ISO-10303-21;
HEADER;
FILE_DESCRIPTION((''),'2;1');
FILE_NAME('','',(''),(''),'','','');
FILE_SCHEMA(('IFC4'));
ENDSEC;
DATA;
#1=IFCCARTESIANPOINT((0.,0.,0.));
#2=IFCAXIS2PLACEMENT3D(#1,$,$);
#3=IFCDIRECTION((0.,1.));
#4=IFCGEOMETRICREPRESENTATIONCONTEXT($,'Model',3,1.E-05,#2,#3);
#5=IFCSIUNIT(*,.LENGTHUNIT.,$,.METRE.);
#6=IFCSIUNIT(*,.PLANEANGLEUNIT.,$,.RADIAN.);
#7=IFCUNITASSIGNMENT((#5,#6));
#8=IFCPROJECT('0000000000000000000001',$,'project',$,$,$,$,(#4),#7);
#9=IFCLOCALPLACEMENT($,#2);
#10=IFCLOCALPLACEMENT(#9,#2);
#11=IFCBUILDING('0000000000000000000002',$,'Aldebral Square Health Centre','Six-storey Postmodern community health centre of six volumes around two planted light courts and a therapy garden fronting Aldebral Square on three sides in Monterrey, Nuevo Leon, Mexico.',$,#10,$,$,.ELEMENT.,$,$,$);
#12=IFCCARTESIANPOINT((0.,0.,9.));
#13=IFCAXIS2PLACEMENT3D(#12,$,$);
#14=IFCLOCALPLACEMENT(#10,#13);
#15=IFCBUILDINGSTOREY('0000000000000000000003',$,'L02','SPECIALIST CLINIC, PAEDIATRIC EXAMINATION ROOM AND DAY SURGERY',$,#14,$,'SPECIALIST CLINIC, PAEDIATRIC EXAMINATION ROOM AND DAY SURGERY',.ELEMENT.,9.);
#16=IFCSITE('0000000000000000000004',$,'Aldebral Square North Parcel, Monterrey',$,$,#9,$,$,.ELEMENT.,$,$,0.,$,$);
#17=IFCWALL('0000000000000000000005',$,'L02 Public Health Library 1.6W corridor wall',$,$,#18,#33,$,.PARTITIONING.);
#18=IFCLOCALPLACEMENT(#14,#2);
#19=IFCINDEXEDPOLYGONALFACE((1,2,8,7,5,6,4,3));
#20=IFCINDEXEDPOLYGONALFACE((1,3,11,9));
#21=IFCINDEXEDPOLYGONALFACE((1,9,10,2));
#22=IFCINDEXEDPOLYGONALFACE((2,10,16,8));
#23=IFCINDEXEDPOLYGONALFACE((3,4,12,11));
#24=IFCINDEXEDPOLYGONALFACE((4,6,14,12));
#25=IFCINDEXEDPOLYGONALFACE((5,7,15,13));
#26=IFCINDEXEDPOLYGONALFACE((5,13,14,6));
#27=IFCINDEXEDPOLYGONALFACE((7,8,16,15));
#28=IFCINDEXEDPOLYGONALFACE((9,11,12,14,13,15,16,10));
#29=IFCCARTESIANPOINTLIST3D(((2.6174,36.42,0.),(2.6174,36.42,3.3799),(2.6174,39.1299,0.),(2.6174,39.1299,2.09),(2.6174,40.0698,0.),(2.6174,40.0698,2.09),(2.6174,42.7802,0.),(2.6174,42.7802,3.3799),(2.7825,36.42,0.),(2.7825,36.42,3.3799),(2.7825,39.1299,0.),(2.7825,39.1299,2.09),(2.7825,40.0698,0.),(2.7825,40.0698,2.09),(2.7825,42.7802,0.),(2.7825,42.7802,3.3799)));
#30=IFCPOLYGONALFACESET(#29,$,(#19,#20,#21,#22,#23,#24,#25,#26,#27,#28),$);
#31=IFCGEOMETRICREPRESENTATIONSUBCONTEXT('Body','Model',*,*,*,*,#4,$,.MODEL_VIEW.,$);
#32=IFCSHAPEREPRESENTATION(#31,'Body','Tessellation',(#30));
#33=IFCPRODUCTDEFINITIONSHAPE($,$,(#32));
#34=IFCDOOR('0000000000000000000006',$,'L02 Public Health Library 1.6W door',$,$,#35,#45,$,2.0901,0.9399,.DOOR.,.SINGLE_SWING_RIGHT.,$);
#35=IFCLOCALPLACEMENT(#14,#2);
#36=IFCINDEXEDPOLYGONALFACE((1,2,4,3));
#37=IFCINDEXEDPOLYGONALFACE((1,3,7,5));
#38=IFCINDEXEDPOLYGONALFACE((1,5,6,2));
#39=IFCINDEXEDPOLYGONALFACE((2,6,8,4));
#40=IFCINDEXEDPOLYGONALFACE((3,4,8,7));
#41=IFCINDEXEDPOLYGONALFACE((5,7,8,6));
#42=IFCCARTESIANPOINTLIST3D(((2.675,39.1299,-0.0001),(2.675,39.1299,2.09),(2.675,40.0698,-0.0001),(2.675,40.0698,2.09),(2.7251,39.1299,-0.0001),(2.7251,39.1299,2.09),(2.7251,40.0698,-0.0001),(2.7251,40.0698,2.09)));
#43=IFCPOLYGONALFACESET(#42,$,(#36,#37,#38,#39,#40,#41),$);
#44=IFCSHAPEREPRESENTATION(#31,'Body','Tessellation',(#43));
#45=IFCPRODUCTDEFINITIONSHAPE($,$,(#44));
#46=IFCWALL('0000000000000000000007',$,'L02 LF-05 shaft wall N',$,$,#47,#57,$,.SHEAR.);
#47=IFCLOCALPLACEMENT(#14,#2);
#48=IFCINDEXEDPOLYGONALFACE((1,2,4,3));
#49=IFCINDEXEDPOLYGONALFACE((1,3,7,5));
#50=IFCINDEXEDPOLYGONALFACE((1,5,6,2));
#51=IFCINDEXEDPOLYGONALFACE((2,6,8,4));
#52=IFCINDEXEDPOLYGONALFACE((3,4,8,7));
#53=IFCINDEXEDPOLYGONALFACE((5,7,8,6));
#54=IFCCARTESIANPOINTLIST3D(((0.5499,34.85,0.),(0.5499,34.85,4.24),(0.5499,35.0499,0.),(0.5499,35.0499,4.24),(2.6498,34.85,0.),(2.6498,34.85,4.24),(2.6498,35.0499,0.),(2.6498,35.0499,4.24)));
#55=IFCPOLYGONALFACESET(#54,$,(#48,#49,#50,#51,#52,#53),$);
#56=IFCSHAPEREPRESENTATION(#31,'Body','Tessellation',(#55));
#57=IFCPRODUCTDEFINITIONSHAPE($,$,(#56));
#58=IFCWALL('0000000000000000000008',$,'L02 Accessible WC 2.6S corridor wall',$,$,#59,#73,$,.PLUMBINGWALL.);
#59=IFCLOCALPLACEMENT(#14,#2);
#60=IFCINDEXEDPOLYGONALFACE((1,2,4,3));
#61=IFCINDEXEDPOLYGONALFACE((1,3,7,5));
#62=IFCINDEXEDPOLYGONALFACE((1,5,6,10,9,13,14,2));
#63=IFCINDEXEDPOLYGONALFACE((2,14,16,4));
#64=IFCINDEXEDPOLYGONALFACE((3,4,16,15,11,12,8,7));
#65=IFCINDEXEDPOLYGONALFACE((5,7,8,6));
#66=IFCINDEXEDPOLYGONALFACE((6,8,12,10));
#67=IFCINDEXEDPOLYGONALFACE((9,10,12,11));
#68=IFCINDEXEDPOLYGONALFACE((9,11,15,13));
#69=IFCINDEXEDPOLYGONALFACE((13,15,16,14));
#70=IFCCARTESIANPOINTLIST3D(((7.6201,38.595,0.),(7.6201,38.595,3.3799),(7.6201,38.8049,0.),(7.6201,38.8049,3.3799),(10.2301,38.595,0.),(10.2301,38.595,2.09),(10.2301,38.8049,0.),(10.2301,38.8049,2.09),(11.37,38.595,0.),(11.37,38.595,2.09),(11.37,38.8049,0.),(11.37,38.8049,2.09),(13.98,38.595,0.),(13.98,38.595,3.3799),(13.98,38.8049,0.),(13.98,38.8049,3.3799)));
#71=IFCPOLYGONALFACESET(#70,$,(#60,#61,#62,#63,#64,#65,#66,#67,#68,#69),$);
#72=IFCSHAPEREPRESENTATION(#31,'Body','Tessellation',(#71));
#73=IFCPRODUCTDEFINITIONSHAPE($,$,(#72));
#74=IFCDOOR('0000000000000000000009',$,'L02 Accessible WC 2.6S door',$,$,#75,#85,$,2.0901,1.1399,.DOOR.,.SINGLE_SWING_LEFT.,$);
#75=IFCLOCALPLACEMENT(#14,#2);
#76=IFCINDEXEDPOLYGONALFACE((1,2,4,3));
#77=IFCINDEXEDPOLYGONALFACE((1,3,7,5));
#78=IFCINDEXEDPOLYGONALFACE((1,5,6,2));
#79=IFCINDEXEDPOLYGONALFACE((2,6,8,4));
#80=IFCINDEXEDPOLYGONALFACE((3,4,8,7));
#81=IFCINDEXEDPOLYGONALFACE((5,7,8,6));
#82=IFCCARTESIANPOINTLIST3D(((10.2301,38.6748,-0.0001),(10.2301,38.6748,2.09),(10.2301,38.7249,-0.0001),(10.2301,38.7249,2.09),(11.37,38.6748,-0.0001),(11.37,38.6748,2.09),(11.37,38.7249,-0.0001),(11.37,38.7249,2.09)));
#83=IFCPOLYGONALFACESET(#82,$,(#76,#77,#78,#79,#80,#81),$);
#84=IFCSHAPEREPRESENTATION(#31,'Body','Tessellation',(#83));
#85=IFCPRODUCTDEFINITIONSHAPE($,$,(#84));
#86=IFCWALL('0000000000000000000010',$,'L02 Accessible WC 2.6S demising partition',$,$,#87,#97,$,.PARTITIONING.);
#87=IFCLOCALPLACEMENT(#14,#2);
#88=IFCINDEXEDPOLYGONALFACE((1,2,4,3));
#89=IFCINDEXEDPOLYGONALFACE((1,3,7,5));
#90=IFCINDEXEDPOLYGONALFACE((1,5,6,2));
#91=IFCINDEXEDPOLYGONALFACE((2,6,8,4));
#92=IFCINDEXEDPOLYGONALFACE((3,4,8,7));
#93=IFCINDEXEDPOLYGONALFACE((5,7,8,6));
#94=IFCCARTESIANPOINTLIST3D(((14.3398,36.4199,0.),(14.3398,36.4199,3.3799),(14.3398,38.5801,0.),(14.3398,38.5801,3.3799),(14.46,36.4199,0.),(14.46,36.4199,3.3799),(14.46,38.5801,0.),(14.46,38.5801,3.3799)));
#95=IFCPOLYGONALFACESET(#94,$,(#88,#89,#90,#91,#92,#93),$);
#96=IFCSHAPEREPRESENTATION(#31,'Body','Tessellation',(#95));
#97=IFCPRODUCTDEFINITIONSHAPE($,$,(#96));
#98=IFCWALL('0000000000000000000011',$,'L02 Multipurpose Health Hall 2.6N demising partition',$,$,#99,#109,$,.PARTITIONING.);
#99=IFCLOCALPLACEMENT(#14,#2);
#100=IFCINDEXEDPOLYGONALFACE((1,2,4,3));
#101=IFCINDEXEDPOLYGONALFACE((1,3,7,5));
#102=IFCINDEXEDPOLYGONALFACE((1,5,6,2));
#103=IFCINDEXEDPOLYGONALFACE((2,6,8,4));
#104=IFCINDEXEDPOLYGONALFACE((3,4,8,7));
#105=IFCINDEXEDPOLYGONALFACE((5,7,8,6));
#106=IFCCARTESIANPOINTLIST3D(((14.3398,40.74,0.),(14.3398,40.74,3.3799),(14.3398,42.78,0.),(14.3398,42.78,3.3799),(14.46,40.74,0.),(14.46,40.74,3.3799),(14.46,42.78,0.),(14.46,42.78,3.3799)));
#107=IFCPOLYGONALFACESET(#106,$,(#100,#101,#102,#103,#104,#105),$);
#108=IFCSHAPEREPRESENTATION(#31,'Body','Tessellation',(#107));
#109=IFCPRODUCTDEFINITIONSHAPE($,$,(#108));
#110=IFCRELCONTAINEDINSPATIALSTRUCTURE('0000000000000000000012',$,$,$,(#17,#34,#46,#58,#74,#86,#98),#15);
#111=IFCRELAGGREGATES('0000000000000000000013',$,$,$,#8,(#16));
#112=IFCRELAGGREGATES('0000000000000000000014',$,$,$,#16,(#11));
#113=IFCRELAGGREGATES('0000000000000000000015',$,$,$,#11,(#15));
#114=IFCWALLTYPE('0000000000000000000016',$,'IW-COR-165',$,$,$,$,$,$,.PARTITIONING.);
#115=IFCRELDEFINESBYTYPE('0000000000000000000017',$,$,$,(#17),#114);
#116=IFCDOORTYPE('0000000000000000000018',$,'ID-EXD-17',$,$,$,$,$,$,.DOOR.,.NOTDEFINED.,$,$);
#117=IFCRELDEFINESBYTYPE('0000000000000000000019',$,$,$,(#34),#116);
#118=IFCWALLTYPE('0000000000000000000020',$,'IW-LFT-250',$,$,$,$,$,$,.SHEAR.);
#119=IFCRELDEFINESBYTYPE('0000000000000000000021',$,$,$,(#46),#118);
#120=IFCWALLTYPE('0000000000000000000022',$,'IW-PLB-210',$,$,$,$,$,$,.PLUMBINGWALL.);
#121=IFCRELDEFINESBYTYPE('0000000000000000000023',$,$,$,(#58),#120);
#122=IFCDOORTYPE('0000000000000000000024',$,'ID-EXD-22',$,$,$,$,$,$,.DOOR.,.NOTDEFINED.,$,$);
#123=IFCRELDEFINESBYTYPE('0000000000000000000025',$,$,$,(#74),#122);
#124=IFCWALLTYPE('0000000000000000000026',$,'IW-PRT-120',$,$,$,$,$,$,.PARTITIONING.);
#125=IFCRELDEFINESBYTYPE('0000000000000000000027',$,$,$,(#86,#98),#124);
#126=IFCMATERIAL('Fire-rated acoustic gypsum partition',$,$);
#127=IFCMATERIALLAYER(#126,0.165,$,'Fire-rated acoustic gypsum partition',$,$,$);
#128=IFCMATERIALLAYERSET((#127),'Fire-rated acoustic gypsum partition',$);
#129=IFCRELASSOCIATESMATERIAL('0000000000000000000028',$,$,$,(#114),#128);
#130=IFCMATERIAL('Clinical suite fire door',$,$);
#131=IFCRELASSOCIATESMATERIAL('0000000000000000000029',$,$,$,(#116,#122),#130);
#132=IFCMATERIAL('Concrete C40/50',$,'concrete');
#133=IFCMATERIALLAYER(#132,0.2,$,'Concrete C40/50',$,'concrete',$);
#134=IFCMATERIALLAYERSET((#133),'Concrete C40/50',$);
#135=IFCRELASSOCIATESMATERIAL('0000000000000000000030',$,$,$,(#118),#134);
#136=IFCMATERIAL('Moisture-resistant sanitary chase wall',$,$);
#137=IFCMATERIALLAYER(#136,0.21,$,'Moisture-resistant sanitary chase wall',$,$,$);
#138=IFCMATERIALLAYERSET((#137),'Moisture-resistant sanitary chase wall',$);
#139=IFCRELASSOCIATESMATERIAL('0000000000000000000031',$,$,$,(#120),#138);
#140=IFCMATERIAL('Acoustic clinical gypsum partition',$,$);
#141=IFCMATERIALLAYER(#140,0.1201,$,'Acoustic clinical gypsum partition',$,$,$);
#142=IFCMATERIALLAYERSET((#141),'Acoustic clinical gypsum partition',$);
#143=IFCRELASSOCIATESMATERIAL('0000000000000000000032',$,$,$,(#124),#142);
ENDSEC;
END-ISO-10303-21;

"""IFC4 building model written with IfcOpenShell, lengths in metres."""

from ifc_helpers import new_model, si_unit, direction, frame, frame_2d, origin, place, context, subcontext, project, spatial, rectangle, extrude, material, layer, layer_set, type_object, element, fill, save


model = new_model("IFC4")

# Units and contexts
model_context = context("Model", 3, precision=1e-05, world=origin(), true_north=direction((0.0, 1.0)))
body_context = subcontext(model_context, "Body", "Model", "MODEL_VIEW")
ifc_project = project(units=[si_unit("LENGTHUNIT", "METRE"), si_unit("PLANEANGLEUNIT", "RADIAN")], contexts=[model_context])

# Site, building, storey
site_placement = place(None, origin())
site = spatial("IfcSite", under=ifc_project, at=site_placement, Name="Aldebral Square North Parcel, Monterrey", CompositionType="ELEMENT", RefElevation=0.0)
building_placement = place(site_placement, origin())
building = spatial("IfcBuilding", under=site, at=building_placement, Name="Aldebral Square Health Centre", Description="Six-storey Postmodern community health centre of six volumes around two planted light courts and a therapy garden fronting Aldebral Square on three sides in Monterrey, Nuevo Leon, Mexico.", CompositionType="ELEMENT")
storey_placement = place(building_placement, frame((0.0, 0.0, 9.0)))
storey = spatial("IfcBuildingStorey", under=building, at=storey_placement, Name="L02", Description="SPECIALIST CLINIC, PAEDIATRIC EXAMINATION ROOM AND DAY SURGERY", LongName="SPECIALIST CLINIC, PAEDIATRIC EXAMINATION ROOM AND DAY SURGERY", CompositionType="ELEMENT", Elevation=9.0)

# Shared definitions
ifc_material_1 = material(Name="Concrete C40/50", Category="concrete")

# Wall, opening, door
ifc_material_2 = material(Name="Clinical suite fire door")
ifc_material_3 = material(Name="Fire-rated acoustic gypsum partition")
ifc_layer_1 = layer(ifc_material_3, 0.165, Name="Fire-rated acoustic gypsum partition")
ifc_layer_set_1 = layer_set([ifc_layer_1], Name="Fire-rated acoustic gypsum partition")
wall_type_1 = type_object("IfcWallType", Name="IW-COR-165", PredefinedType="PARTITIONING", material=ifc_layer_set_1)
wall_1_placement = place(storey_placement, frame((2.7, 36.4199, 0.0), z_axis=(0.0, 0.0, 1.0), x_axis=(0.0, 1.0, 0.0)))
wall_1 = element("IfcWall", 1, at=wall_1_placement, inside=storey, type_object=wall_type_1, Name="L02 Public Health Library 1.6W corridor wall", PredefinedType="PARTITIONING", context=body_context, shape_type="SweptSolid", body=[
    extrude(rectangle(XDim=6.3601, YDim=0.165, at=frame_2d((3.1802, 0.0))), origin(), (0.0, 0.0, 1.0), 3.3799),
])
opening_1_placement = place(wall_1_placement, frame((2.71, 0.0, 0.0)))
opening_1 = element("IfcOpeningElement", 2, at=opening_1_placement, cuts=wall_1, PredefinedType="OPENING", context=body_context, shape_type="SweptSolid", body=[
    extrude(rectangle(XDim=0.9399, YDim=2.0901, at=frame_2d((0.47, 1.0449))), frame((0.0, 0.0925, 0.0), z_axis=(0.0, -1.0, 0.0), x_axis=(1.0, 0.0, 0.0)), (0.0, 0.0, 1.0), 0.1851),
])
door_type_1 = type_object("IfcDoorType", Name="ID-EXD-17", OperationType="NOTDEFINED", PredefinedType="DOOR", material=ifc_material_2)
door_1_placement = place(opening_1_placement, origin())
door_1 = element("IfcDoor", 3, at=door_1_placement, inside=storey, type_object=door_type_1, Name="L02 Public Health Library 1.6W door", OperationType="SINGLE_SWING_RIGHT", OverallHeight=2.0901, OverallWidth=0.9399, PredefinedType="DOOR", context=body_context, shape_type="SweptSolid", body=[
    extrude(rectangle(XDim=0.9399, YDim=2.0901, at=frame_2d((0.47, 1.0449))), frame((0.0, 0.0249, 0.0), z_axis=(0.0, -1.0, 0.0), x_axis=(1.0, 0.0, 0.0)), (0.0, 0.0, 1.0), 0.05),
])
fill(opening_1, door_1)

# Wall
ifc_layer_2 = layer(ifc_material_1, 0.2, Name="Concrete C40/50", Category="concrete")
ifc_layer_set_2 = layer_set([ifc_layer_2], Name="Concrete C40/50")
wall_type_2 = type_object("IfcWallType", Name="IW-LFT-250", PredefinedType="SHEAR", material=ifc_layer_set_2)
wall_2_placement = place(storey_placement, frame((0.55, 34.95, 0.0), z_axis=(0.0, 0.0, 1.0), x_axis=(1.0, 0.0, 0.0)))
element("IfcWall", 4, at=wall_2_placement, inside=storey, type_object=wall_type_2, Name="L02 LF-05 shaft wall N", PredefinedType="SHEAR", context=body_context, shape_type="SweptSolid", body=[
    extrude(rectangle(XDim=2.0999, YDim=0.2, at=frame_2d((1.0498, 0.0))), origin(), (0.0, 0.0, 1.0), 4.24),
])

# Wall, opening, door
ifc_material_4 = material(Name="Moisture-resistant sanitary chase wall")
ifc_layer_3 = layer(ifc_material_4, 0.21, Name="Moisture-resistant sanitary chase wall")
ifc_layer_set_3 = layer_set([ifc_layer_3], Name="Moisture-resistant sanitary chase wall")
wall_type_3 = type_object("IfcWallType", Name="IW-PLB-210", PredefinedType="PLUMBINGWALL", material=ifc_layer_set_3)
wall_3_placement = place(storey_placement, frame((7.6201, 38.7, 0.0), z_axis=(0.0, 0.0, 1.0), x_axis=(1.0, 0.0, 0.0)))
wall_3 = element("IfcWall", 5, at=wall_3_placement, inside=storey, type_object=wall_type_3, Name="L02 Accessible WC 2.6S corridor wall", PredefinedType="PLUMBINGWALL", context=body_context, shape_type="SweptSolid", body=[
    extrude(rectangle(XDim=6.3599, YDim=0.21, at=frame_2d((3.1799, 0.0))), origin(), (0.0, 0.0, 1.0), 3.3799),
])
opening_2_placement = place(wall_3_placement, frame((2.6101, 0.0, 0.0)))
opening_2 = element("IfcOpeningElement", 6, at=opening_2_placement, cuts=wall_3, PredefinedType="OPENING", context=body_context, shape_type="SweptSolid", body=[
    extrude(rectangle(XDim=1.1399, YDim=2.0901, at=frame_2d((0.5698, 1.0449))), frame((0.0, 0.115, 0.0), z_axis=(0.0, -1.0, 0.0), x_axis=(1.0, 0.0, 0.0)), (0.0, 0.0, 1.0), 0.23),
])
door_type_2 = type_object("IfcDoorType", Name="ID-EXD-22", OperationType="NOTDEFINED", PredefinedType="DOOR", material=ifc_material_2)
door_2_placement = place(opening_2_placement, origin())
door_2 = element("IfcDoor", 7, at=door_2_placement, inside=storey, type_object=door_type_2, Name="L02 Accessible WC 2.6S door", OperationType="SINGLE_SWING_LEFT", OverallHeight=2.0901, OverallWidth=1.1399, PredefinedType="DOOR", context=body_context, shape_type="SweptSolid", body=[
    extrude(rectangle(XDim=1.1399, YDim=2.0901, at=frame_2d((0.5698, 1.0449))), frame((0.0, 0.0249, 0.0), z_axis=(0.0, -1.0, 0.0), x_axis=(1.0, 0.0, 0.0)), (0.0, 0.0, 1.0), 0.05),
])
fill(opening_2, door_2)

# Walls
ifc_material_5 = material(Name="Acoustic clinical gypsum partition")
ifc_layer_4 = layer(ifc_material_5, 0.1201, Name="Acoustic clinical gypsum partition")
ifc_layer_set_4 = layer_set([ifc_layer_4], Name="Acoustic clinical gypsum partition")
wall_type_4 = type_object("IfcWallType", Name="IW-PRT-120", PredefinedType="PARTITIONING", material=ifc_layer_set_4)
wall_4_placement = place(storey_placement, frame((14.3999, 36.4199, 0.0), z_axis=(0.0, 0.0, 1.0), x_axis=(0.0, 1.0, 0.0)))
element("IfcWall", 8, at=wall_4_placement, inside=storey, type_object=wall_type_4, Name="L02 Accessible WC 2.6S demising partition", PredefinedType="PARTITIONING", context=body_context, shape_type="SweptSolid", body=[
    extrude(rectangle(XDim=2.1602, YDim=0.1201, at=frame_2d((1.0801, 0.0))), origin(), (0.0, 0.0, 1.0), 3.3799),
])
wall_5_placement = place(storey_placement, frame((14.3999, 40.74, 0.0), z_axis=(0.0, 0.0, 1.0), x_axis=(0.0, 1.0, 0.0)))
element("IfcWall", 9, at=wall_5_placement, inside=storey, type_object=wall_type_4, Name="L02 Multipurpose Health Hall 2.6N demising partition", PredefinedType="PARTITIONING", context=body_context, shape_type="SweptSolid", body=[
    extrude(rectangle(XDim=2.04, YDim=0.1201, at=frame_2d((1.02, 0.0))), origin(), (0.0, 0.0, 1.0), 3.3799),
])

save(model, "model.ifc")
